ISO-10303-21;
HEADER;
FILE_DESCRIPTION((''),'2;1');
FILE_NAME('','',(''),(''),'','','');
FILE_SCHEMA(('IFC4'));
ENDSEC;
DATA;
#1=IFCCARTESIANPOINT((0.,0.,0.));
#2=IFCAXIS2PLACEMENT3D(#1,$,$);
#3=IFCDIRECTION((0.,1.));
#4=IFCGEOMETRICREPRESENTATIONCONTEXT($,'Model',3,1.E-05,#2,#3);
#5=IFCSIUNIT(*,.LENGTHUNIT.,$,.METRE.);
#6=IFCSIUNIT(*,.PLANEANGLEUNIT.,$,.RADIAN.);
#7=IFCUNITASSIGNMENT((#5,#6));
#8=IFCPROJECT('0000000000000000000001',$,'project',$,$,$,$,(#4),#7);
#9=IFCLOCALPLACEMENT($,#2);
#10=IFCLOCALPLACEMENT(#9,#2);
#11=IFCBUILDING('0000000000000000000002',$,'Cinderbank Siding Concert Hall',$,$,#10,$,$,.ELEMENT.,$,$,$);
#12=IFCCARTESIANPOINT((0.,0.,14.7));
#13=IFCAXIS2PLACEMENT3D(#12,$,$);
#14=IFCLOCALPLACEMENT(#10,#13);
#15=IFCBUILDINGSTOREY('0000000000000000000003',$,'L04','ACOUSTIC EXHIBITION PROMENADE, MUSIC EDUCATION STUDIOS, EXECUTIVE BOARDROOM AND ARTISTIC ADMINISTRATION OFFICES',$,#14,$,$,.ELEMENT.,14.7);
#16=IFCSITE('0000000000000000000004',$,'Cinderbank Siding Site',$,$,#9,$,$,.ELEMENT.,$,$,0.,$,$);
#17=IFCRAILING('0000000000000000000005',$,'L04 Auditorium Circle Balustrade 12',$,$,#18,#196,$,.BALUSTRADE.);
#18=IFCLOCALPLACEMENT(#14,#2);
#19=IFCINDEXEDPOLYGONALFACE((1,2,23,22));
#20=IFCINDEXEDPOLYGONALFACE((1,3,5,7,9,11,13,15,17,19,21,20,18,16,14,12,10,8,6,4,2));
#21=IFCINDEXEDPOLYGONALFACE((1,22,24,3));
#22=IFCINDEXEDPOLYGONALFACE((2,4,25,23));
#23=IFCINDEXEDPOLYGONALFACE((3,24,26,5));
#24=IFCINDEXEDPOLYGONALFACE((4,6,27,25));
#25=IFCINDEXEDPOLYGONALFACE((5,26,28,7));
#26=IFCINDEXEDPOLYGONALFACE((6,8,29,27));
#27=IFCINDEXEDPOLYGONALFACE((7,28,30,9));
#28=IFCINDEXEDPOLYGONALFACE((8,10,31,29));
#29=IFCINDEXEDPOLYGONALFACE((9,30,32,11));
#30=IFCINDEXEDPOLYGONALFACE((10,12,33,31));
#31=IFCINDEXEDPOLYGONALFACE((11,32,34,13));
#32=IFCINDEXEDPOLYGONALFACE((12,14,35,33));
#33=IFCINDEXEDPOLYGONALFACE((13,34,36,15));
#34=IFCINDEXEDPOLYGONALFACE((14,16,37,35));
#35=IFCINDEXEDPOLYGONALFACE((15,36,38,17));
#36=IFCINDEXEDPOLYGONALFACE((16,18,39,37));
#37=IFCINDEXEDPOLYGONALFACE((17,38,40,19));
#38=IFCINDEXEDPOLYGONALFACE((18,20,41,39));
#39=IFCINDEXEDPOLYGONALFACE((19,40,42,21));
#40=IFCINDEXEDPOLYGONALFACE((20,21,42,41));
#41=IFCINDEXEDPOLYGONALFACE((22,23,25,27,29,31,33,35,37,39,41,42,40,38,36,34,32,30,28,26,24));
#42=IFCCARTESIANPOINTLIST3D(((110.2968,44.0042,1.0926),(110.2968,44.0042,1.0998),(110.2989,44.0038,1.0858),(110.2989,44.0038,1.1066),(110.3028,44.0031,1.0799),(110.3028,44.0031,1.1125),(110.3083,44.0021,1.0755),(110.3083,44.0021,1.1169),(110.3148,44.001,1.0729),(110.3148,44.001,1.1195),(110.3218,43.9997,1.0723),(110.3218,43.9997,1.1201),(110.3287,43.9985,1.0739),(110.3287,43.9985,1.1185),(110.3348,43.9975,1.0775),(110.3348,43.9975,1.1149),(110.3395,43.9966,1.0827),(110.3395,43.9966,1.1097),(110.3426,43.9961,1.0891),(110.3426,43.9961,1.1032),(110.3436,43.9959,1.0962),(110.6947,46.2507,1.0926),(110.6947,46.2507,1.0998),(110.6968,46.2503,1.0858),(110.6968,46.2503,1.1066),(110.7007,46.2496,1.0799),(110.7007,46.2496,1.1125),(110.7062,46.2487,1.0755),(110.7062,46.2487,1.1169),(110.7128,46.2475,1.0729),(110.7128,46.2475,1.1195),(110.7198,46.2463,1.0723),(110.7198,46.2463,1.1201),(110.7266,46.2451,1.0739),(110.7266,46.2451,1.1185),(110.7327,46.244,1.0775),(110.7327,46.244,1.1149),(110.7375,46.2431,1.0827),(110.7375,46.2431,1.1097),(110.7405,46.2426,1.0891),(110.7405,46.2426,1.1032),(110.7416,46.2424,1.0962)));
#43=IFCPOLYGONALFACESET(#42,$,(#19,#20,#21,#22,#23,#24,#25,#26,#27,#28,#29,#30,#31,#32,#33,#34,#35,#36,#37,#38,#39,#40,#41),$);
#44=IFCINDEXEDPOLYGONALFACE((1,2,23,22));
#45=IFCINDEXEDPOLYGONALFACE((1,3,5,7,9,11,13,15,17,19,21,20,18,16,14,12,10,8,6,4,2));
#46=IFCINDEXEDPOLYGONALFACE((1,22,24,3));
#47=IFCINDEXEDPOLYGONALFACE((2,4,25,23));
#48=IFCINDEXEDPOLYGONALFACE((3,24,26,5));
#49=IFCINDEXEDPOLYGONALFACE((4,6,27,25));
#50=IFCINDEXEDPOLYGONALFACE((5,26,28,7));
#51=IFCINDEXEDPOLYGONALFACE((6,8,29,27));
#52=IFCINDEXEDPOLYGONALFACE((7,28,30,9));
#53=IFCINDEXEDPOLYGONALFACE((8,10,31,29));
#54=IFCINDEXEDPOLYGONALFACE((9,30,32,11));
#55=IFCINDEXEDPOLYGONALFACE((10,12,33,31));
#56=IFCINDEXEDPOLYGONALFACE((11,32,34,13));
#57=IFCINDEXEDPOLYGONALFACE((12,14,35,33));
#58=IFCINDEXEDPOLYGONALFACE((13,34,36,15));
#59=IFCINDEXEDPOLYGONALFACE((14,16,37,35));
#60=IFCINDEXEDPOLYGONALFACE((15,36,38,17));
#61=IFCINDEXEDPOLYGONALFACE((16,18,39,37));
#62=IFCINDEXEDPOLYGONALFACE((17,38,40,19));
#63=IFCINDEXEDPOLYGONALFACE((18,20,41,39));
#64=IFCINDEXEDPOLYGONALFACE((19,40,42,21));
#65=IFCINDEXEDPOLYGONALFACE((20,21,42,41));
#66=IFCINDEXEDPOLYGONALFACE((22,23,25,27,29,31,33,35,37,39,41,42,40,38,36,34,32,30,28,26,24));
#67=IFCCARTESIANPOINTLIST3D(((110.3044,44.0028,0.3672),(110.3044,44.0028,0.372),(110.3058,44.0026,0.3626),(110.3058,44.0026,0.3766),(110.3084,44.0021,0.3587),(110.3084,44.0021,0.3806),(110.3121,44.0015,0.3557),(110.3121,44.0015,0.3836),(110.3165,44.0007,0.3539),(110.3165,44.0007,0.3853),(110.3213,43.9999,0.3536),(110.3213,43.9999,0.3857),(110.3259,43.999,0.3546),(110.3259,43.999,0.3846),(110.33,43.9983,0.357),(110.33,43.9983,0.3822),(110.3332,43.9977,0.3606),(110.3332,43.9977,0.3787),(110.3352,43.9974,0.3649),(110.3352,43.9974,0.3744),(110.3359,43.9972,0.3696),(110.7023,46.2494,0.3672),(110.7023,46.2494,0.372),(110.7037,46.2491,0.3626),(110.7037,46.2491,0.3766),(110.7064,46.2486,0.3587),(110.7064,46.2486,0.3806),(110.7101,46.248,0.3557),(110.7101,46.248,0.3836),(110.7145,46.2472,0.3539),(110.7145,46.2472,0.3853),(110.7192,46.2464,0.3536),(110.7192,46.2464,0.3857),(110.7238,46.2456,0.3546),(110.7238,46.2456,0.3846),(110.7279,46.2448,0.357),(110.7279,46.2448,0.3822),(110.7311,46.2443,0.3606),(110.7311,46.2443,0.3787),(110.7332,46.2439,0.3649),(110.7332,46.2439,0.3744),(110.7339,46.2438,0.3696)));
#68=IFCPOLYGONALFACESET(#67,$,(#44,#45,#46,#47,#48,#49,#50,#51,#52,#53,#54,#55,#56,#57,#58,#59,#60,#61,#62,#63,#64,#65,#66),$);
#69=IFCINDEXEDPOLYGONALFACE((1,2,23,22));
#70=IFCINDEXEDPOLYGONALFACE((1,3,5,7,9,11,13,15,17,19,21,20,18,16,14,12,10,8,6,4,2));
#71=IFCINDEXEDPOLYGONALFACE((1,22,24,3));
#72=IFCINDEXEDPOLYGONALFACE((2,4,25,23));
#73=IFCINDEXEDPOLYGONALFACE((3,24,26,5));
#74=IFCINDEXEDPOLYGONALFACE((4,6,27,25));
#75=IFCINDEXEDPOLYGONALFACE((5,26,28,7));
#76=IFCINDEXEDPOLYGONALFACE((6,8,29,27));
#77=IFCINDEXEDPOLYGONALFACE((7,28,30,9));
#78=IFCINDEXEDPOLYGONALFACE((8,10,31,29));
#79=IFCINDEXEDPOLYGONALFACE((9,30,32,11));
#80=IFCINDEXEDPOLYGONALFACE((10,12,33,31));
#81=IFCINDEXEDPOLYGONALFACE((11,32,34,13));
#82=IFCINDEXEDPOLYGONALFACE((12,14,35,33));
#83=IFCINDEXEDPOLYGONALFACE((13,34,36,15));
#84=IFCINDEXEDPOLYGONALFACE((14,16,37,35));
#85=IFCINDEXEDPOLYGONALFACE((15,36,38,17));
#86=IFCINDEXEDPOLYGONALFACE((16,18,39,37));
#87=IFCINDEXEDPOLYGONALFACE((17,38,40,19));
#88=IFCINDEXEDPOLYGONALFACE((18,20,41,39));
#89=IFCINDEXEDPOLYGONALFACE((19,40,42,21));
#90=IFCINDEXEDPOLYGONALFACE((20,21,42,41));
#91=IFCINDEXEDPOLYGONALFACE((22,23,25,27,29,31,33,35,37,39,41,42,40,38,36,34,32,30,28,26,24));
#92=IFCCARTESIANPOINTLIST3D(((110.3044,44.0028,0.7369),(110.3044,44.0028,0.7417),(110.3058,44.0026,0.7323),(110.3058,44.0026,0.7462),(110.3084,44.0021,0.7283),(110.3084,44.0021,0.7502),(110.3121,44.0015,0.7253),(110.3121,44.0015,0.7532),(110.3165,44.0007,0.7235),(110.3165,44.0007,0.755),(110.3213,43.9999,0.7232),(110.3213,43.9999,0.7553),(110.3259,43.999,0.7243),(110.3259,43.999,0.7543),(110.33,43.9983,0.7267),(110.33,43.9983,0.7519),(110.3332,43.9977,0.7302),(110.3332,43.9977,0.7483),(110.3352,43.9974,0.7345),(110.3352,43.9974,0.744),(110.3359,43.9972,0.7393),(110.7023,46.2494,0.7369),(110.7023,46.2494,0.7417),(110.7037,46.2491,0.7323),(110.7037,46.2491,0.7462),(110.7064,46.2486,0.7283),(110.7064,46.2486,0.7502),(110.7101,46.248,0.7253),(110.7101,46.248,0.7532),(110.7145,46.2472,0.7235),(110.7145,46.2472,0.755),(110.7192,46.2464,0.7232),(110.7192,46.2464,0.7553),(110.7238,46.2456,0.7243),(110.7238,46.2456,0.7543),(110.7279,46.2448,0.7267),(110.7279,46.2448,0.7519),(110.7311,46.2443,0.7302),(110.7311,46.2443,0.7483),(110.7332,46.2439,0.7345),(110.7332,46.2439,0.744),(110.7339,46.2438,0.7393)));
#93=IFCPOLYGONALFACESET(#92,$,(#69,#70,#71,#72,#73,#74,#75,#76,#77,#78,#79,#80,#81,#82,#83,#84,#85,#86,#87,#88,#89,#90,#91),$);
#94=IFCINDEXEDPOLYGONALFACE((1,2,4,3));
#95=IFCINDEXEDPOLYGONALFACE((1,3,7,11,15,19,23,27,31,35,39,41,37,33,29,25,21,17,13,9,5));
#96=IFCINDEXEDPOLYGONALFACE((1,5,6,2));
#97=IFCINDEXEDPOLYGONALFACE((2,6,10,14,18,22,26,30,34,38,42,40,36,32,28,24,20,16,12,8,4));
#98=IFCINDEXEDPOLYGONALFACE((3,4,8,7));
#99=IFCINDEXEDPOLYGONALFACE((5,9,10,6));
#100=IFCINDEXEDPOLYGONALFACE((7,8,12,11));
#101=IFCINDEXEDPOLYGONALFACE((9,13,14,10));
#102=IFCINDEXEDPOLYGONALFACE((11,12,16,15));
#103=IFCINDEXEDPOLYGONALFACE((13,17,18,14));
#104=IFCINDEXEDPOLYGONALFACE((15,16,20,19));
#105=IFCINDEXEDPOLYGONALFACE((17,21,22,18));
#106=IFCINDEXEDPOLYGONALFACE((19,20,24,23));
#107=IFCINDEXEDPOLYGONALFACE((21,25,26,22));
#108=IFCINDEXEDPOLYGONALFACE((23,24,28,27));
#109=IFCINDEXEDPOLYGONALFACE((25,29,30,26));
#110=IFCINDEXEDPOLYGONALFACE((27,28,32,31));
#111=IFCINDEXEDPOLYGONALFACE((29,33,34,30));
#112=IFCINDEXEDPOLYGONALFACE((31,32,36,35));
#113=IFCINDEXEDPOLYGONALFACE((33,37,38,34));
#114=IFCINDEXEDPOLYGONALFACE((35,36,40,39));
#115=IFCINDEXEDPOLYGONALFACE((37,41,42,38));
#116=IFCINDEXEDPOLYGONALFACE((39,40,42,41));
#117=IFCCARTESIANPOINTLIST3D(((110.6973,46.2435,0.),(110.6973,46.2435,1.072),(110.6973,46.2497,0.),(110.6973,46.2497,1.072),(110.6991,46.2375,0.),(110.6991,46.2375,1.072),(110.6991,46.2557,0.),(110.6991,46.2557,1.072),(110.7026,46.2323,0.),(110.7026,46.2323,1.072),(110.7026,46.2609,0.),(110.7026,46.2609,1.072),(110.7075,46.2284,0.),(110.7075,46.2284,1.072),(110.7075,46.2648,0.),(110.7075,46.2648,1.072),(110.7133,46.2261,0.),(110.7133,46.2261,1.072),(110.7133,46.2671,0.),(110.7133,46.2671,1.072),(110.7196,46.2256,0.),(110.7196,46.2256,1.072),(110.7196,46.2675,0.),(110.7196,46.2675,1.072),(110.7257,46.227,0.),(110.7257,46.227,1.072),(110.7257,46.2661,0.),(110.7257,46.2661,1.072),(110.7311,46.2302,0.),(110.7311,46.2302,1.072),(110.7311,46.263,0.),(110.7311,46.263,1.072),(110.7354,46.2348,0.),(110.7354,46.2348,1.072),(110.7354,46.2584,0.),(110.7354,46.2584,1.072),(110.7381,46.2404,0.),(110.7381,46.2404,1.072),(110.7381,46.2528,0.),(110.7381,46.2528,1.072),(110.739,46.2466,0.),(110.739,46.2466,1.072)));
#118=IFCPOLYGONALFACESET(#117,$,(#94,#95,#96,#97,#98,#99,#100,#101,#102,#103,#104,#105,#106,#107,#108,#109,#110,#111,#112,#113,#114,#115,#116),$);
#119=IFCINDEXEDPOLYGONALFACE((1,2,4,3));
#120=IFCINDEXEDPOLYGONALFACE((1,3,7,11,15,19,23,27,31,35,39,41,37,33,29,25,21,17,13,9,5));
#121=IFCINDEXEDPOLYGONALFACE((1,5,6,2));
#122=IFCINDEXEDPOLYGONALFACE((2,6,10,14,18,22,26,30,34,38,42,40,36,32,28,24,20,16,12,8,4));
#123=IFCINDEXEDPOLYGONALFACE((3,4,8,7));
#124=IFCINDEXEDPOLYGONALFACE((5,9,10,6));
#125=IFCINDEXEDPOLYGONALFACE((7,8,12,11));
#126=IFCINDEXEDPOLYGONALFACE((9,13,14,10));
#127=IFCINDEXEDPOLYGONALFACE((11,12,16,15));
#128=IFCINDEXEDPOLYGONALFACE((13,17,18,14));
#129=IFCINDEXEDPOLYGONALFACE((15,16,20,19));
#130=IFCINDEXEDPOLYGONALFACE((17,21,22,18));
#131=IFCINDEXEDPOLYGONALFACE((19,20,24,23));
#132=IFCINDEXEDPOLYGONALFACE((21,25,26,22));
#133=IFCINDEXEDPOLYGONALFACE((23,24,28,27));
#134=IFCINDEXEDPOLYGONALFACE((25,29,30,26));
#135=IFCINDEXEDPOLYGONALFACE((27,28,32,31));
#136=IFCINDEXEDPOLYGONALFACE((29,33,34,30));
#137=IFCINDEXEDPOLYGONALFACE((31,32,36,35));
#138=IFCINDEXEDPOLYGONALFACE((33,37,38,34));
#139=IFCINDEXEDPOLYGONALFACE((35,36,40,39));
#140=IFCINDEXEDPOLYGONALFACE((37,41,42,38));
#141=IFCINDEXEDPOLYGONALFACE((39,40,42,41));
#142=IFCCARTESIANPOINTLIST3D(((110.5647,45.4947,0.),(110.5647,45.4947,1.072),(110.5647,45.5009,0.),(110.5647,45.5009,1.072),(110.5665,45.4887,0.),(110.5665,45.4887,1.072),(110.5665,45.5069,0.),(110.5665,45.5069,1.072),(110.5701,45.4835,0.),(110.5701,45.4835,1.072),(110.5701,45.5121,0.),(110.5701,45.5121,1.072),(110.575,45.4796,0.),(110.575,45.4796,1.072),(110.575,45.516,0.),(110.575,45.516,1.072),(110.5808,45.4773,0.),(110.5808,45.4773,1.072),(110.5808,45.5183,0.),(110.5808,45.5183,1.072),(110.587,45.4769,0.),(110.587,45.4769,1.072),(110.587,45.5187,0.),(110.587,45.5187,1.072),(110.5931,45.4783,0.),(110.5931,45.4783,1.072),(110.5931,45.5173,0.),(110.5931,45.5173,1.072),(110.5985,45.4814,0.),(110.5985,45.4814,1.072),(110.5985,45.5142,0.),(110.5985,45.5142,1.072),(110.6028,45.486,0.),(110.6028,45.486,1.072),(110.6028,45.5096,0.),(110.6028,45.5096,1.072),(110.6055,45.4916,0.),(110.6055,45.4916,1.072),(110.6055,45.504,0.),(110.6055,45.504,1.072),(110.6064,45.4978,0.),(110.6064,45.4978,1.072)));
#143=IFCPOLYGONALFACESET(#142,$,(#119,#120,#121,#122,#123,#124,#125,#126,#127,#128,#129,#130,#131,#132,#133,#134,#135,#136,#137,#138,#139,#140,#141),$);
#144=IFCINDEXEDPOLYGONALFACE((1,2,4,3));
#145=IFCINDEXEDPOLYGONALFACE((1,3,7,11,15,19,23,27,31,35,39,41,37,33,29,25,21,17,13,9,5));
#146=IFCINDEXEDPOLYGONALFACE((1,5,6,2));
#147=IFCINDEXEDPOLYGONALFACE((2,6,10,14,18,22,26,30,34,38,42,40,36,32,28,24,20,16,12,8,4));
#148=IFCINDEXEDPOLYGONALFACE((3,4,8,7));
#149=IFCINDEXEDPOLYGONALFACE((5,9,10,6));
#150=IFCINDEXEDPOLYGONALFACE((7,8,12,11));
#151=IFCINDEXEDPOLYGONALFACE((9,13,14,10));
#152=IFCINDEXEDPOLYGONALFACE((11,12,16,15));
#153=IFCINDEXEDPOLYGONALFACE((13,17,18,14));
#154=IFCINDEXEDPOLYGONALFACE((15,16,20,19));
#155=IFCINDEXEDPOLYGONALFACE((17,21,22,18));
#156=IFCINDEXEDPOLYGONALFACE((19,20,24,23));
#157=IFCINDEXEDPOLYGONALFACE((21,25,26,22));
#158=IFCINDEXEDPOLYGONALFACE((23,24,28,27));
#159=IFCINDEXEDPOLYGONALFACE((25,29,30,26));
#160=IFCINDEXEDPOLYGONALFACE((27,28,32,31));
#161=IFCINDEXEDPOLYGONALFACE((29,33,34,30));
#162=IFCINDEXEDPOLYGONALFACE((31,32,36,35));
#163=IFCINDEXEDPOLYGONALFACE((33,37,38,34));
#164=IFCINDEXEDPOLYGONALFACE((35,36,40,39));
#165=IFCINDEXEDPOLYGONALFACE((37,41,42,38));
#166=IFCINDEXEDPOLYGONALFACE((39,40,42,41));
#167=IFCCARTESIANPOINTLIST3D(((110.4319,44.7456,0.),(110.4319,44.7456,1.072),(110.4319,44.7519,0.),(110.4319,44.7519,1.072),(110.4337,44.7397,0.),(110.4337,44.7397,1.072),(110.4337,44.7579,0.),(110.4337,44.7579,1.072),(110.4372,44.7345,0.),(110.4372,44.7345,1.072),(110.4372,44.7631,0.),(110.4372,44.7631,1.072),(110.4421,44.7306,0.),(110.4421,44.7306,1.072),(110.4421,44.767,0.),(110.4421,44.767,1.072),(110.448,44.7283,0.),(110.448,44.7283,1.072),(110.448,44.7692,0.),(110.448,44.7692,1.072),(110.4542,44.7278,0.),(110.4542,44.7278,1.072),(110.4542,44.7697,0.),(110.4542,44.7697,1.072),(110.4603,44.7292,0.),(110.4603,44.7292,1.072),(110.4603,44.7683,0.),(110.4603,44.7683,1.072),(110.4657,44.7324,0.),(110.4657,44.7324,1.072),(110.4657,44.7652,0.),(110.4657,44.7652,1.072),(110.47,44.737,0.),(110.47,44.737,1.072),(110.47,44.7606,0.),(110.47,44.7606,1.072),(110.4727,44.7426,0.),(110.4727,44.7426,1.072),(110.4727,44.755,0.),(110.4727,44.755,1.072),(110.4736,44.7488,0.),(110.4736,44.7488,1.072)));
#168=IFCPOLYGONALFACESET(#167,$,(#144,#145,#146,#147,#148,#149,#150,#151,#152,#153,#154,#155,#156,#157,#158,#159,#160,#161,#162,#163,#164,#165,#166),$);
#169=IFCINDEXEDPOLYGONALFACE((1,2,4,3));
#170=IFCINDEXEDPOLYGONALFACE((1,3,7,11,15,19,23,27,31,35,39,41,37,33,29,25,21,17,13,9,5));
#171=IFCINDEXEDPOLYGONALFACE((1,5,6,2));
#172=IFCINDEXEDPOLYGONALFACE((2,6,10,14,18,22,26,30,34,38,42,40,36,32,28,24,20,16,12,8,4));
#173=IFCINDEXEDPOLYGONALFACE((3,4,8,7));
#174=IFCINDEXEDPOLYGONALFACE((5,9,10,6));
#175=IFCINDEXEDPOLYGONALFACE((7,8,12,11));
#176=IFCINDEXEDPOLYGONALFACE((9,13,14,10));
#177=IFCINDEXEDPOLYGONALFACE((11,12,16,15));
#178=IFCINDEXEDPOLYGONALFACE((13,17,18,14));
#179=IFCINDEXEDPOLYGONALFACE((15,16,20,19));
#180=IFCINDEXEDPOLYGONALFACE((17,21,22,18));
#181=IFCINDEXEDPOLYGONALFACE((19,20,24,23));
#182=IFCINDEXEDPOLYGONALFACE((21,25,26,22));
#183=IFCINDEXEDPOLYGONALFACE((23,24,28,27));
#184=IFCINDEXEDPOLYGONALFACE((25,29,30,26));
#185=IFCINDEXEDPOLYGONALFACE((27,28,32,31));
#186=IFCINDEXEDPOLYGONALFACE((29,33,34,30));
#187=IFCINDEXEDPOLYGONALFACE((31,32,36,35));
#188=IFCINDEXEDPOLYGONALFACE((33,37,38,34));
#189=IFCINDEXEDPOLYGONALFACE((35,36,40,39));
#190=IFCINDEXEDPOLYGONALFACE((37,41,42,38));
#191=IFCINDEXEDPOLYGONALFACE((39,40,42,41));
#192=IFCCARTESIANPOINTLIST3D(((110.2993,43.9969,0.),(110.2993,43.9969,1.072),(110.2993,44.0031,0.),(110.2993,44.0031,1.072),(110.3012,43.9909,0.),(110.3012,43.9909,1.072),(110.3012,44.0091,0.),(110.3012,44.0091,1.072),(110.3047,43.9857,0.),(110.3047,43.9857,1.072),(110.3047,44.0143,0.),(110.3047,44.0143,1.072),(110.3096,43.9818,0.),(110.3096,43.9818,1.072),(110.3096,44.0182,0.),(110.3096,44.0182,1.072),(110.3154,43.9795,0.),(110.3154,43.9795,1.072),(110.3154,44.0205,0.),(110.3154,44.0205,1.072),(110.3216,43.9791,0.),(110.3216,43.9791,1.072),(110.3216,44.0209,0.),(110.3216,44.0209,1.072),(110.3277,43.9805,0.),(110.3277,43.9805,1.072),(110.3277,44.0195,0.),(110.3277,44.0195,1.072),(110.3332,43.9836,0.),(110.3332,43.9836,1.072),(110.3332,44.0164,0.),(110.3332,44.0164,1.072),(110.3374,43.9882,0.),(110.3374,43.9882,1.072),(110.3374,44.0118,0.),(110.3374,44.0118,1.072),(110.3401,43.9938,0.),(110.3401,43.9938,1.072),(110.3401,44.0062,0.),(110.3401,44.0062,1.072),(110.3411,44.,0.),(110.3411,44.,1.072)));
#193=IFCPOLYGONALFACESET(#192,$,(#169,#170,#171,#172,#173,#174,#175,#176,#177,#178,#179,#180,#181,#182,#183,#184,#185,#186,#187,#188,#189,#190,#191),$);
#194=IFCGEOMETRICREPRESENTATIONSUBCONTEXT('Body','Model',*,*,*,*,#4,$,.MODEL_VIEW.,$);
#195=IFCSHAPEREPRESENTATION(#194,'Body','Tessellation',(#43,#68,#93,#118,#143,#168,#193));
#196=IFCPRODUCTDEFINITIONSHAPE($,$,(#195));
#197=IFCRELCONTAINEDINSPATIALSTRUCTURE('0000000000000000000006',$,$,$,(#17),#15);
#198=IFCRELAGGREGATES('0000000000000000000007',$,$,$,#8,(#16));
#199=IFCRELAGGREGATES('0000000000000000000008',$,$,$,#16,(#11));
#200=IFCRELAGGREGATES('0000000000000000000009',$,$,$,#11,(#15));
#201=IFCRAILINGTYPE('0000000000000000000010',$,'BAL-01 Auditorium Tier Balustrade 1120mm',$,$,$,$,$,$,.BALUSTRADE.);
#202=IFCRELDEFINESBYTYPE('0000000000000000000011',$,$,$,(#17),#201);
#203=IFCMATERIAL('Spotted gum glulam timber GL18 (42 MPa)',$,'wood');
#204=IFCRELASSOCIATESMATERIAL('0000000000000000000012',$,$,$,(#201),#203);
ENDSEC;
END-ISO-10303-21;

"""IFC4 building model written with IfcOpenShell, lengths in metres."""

from ifc_helpers import new_model, si_unit, direction, frame, origin, origin_2d, place, context, subcontext, project, spatial, circle, extrude, material, type_object, element, save


model = new_model("IFC4")

# Units and contexts
model_context = context("Model", 3, precision=1e-05, world=origin(), true_north=direction((0.0, 1.0)))
body_context = subcontext(model_context, "Body", "Model", "MODEL_VIEW")
ifc_project = project(units=[si_unit("LENGTHUNIT", "METRE"), si_unit("PLANEANGLEUNIT", "RADIAN")], contexts=[model_context])

# Site, building, storey
site_placement = place(None, origin())
site = spatial("IfcSite", under=ifc_project, at=site_placement, Name="Cinderbank Siding Site", CompositionType="ELEMENT", RefElevation=0.0)
building_placement = place(site_placement, origin())
building = spatial("IfcBuilding", under=site, at=building_placement, Name="Cinderbank Siding Concert Hall", CompositionType="ELEMENT")
storey_placement = place(building_placement, frame((0.0, 0.0, 14.7)))
storey = spatial("IfcBuildingStorey", under=building, at=storey_placement, Name="L04", Description="ACOUSTIC EXHIBITION PROMENADE, MUSIC EDUCATION STUDIOS, EXECUTIVE BOARDROOM AND ARTISTIC ADMINISTRATION OFFICES", CompositionType="ELEMENT", Elevation=14.7)

# Shared definitions
ifc_material_1 = material(Name="Spotted gum glulam timber GL18 (42 MPa)", Category="wood")

# Railing
railing_type = type_object("IfcRailingType", Name="BAL-01 Auditorium Tier Balustrade 1120mm", PredefinedType="BALUSTRADE", material=ifc_material_1)
railing_1_placement = place(storey_placement, frame((110.718, 46.2466, 0.0)))
element("IfcRailing", 1, at=railing_1_placement, inside=storey, type_object=railing_type, Name="L04 Auditorium Circle Balustrade 12", PredefinedType="BALUSTRADE", context=body_context, shape_type="SweptSolid", body=[
    extrude(circle(Radius=0.0239, at=origin_2d()), frame((0.0, 0.0, 1.0962), z_axis=(-0.17442, -0.984671, 0.0), x_axis=(0.984671, -0.17442, 0.0)), (0.0, 0.0, 1.0), 2.2815),
    extrude(circle(Radius=0.0161, at=origin_2d()), frame((0.0, 0.0, 0.3696), z_axis=(-0.17442, -0.984671, 0.0), x_axis=(0.984671, -0.17442, 0.0)), (0.0, 0.0, 1.0), 2.2815),
    extrude(circle(Radius=0.0161, at=origin_2d()), frame((0.0, 0.0, 0.7393), z_axis=(-0.17442, -0.984671, 0.0), x_axis=(0.984671, -0.17442, 0.0)), (0.0, 0.0, 1.0), 2.2815),
    extrude(circle(Radius=0.021, at=origin_2d()), origin(), (0.0, 0.0, 1.0), 1.072),
    extrude(circle(Radius=0.021, at=origin_2d()), frame((-0.1326, -0.7488, 0.0)), (0.0, 0.0, 1.0), 1.072),
    extrude(circle(Radius=0.021, at=origin_2d()), frame((-0.2654, -1.4978, 0.0)), (0.0, 0.0, 1.0), 1.072),
    extrude(circle(Radius=0.021, at=origin_2d()), frame((-0.3979, -2.2466, 0.0)), (0.0, 0.0, 1.0), 1.072),
])

save(model, "model.ifc")
